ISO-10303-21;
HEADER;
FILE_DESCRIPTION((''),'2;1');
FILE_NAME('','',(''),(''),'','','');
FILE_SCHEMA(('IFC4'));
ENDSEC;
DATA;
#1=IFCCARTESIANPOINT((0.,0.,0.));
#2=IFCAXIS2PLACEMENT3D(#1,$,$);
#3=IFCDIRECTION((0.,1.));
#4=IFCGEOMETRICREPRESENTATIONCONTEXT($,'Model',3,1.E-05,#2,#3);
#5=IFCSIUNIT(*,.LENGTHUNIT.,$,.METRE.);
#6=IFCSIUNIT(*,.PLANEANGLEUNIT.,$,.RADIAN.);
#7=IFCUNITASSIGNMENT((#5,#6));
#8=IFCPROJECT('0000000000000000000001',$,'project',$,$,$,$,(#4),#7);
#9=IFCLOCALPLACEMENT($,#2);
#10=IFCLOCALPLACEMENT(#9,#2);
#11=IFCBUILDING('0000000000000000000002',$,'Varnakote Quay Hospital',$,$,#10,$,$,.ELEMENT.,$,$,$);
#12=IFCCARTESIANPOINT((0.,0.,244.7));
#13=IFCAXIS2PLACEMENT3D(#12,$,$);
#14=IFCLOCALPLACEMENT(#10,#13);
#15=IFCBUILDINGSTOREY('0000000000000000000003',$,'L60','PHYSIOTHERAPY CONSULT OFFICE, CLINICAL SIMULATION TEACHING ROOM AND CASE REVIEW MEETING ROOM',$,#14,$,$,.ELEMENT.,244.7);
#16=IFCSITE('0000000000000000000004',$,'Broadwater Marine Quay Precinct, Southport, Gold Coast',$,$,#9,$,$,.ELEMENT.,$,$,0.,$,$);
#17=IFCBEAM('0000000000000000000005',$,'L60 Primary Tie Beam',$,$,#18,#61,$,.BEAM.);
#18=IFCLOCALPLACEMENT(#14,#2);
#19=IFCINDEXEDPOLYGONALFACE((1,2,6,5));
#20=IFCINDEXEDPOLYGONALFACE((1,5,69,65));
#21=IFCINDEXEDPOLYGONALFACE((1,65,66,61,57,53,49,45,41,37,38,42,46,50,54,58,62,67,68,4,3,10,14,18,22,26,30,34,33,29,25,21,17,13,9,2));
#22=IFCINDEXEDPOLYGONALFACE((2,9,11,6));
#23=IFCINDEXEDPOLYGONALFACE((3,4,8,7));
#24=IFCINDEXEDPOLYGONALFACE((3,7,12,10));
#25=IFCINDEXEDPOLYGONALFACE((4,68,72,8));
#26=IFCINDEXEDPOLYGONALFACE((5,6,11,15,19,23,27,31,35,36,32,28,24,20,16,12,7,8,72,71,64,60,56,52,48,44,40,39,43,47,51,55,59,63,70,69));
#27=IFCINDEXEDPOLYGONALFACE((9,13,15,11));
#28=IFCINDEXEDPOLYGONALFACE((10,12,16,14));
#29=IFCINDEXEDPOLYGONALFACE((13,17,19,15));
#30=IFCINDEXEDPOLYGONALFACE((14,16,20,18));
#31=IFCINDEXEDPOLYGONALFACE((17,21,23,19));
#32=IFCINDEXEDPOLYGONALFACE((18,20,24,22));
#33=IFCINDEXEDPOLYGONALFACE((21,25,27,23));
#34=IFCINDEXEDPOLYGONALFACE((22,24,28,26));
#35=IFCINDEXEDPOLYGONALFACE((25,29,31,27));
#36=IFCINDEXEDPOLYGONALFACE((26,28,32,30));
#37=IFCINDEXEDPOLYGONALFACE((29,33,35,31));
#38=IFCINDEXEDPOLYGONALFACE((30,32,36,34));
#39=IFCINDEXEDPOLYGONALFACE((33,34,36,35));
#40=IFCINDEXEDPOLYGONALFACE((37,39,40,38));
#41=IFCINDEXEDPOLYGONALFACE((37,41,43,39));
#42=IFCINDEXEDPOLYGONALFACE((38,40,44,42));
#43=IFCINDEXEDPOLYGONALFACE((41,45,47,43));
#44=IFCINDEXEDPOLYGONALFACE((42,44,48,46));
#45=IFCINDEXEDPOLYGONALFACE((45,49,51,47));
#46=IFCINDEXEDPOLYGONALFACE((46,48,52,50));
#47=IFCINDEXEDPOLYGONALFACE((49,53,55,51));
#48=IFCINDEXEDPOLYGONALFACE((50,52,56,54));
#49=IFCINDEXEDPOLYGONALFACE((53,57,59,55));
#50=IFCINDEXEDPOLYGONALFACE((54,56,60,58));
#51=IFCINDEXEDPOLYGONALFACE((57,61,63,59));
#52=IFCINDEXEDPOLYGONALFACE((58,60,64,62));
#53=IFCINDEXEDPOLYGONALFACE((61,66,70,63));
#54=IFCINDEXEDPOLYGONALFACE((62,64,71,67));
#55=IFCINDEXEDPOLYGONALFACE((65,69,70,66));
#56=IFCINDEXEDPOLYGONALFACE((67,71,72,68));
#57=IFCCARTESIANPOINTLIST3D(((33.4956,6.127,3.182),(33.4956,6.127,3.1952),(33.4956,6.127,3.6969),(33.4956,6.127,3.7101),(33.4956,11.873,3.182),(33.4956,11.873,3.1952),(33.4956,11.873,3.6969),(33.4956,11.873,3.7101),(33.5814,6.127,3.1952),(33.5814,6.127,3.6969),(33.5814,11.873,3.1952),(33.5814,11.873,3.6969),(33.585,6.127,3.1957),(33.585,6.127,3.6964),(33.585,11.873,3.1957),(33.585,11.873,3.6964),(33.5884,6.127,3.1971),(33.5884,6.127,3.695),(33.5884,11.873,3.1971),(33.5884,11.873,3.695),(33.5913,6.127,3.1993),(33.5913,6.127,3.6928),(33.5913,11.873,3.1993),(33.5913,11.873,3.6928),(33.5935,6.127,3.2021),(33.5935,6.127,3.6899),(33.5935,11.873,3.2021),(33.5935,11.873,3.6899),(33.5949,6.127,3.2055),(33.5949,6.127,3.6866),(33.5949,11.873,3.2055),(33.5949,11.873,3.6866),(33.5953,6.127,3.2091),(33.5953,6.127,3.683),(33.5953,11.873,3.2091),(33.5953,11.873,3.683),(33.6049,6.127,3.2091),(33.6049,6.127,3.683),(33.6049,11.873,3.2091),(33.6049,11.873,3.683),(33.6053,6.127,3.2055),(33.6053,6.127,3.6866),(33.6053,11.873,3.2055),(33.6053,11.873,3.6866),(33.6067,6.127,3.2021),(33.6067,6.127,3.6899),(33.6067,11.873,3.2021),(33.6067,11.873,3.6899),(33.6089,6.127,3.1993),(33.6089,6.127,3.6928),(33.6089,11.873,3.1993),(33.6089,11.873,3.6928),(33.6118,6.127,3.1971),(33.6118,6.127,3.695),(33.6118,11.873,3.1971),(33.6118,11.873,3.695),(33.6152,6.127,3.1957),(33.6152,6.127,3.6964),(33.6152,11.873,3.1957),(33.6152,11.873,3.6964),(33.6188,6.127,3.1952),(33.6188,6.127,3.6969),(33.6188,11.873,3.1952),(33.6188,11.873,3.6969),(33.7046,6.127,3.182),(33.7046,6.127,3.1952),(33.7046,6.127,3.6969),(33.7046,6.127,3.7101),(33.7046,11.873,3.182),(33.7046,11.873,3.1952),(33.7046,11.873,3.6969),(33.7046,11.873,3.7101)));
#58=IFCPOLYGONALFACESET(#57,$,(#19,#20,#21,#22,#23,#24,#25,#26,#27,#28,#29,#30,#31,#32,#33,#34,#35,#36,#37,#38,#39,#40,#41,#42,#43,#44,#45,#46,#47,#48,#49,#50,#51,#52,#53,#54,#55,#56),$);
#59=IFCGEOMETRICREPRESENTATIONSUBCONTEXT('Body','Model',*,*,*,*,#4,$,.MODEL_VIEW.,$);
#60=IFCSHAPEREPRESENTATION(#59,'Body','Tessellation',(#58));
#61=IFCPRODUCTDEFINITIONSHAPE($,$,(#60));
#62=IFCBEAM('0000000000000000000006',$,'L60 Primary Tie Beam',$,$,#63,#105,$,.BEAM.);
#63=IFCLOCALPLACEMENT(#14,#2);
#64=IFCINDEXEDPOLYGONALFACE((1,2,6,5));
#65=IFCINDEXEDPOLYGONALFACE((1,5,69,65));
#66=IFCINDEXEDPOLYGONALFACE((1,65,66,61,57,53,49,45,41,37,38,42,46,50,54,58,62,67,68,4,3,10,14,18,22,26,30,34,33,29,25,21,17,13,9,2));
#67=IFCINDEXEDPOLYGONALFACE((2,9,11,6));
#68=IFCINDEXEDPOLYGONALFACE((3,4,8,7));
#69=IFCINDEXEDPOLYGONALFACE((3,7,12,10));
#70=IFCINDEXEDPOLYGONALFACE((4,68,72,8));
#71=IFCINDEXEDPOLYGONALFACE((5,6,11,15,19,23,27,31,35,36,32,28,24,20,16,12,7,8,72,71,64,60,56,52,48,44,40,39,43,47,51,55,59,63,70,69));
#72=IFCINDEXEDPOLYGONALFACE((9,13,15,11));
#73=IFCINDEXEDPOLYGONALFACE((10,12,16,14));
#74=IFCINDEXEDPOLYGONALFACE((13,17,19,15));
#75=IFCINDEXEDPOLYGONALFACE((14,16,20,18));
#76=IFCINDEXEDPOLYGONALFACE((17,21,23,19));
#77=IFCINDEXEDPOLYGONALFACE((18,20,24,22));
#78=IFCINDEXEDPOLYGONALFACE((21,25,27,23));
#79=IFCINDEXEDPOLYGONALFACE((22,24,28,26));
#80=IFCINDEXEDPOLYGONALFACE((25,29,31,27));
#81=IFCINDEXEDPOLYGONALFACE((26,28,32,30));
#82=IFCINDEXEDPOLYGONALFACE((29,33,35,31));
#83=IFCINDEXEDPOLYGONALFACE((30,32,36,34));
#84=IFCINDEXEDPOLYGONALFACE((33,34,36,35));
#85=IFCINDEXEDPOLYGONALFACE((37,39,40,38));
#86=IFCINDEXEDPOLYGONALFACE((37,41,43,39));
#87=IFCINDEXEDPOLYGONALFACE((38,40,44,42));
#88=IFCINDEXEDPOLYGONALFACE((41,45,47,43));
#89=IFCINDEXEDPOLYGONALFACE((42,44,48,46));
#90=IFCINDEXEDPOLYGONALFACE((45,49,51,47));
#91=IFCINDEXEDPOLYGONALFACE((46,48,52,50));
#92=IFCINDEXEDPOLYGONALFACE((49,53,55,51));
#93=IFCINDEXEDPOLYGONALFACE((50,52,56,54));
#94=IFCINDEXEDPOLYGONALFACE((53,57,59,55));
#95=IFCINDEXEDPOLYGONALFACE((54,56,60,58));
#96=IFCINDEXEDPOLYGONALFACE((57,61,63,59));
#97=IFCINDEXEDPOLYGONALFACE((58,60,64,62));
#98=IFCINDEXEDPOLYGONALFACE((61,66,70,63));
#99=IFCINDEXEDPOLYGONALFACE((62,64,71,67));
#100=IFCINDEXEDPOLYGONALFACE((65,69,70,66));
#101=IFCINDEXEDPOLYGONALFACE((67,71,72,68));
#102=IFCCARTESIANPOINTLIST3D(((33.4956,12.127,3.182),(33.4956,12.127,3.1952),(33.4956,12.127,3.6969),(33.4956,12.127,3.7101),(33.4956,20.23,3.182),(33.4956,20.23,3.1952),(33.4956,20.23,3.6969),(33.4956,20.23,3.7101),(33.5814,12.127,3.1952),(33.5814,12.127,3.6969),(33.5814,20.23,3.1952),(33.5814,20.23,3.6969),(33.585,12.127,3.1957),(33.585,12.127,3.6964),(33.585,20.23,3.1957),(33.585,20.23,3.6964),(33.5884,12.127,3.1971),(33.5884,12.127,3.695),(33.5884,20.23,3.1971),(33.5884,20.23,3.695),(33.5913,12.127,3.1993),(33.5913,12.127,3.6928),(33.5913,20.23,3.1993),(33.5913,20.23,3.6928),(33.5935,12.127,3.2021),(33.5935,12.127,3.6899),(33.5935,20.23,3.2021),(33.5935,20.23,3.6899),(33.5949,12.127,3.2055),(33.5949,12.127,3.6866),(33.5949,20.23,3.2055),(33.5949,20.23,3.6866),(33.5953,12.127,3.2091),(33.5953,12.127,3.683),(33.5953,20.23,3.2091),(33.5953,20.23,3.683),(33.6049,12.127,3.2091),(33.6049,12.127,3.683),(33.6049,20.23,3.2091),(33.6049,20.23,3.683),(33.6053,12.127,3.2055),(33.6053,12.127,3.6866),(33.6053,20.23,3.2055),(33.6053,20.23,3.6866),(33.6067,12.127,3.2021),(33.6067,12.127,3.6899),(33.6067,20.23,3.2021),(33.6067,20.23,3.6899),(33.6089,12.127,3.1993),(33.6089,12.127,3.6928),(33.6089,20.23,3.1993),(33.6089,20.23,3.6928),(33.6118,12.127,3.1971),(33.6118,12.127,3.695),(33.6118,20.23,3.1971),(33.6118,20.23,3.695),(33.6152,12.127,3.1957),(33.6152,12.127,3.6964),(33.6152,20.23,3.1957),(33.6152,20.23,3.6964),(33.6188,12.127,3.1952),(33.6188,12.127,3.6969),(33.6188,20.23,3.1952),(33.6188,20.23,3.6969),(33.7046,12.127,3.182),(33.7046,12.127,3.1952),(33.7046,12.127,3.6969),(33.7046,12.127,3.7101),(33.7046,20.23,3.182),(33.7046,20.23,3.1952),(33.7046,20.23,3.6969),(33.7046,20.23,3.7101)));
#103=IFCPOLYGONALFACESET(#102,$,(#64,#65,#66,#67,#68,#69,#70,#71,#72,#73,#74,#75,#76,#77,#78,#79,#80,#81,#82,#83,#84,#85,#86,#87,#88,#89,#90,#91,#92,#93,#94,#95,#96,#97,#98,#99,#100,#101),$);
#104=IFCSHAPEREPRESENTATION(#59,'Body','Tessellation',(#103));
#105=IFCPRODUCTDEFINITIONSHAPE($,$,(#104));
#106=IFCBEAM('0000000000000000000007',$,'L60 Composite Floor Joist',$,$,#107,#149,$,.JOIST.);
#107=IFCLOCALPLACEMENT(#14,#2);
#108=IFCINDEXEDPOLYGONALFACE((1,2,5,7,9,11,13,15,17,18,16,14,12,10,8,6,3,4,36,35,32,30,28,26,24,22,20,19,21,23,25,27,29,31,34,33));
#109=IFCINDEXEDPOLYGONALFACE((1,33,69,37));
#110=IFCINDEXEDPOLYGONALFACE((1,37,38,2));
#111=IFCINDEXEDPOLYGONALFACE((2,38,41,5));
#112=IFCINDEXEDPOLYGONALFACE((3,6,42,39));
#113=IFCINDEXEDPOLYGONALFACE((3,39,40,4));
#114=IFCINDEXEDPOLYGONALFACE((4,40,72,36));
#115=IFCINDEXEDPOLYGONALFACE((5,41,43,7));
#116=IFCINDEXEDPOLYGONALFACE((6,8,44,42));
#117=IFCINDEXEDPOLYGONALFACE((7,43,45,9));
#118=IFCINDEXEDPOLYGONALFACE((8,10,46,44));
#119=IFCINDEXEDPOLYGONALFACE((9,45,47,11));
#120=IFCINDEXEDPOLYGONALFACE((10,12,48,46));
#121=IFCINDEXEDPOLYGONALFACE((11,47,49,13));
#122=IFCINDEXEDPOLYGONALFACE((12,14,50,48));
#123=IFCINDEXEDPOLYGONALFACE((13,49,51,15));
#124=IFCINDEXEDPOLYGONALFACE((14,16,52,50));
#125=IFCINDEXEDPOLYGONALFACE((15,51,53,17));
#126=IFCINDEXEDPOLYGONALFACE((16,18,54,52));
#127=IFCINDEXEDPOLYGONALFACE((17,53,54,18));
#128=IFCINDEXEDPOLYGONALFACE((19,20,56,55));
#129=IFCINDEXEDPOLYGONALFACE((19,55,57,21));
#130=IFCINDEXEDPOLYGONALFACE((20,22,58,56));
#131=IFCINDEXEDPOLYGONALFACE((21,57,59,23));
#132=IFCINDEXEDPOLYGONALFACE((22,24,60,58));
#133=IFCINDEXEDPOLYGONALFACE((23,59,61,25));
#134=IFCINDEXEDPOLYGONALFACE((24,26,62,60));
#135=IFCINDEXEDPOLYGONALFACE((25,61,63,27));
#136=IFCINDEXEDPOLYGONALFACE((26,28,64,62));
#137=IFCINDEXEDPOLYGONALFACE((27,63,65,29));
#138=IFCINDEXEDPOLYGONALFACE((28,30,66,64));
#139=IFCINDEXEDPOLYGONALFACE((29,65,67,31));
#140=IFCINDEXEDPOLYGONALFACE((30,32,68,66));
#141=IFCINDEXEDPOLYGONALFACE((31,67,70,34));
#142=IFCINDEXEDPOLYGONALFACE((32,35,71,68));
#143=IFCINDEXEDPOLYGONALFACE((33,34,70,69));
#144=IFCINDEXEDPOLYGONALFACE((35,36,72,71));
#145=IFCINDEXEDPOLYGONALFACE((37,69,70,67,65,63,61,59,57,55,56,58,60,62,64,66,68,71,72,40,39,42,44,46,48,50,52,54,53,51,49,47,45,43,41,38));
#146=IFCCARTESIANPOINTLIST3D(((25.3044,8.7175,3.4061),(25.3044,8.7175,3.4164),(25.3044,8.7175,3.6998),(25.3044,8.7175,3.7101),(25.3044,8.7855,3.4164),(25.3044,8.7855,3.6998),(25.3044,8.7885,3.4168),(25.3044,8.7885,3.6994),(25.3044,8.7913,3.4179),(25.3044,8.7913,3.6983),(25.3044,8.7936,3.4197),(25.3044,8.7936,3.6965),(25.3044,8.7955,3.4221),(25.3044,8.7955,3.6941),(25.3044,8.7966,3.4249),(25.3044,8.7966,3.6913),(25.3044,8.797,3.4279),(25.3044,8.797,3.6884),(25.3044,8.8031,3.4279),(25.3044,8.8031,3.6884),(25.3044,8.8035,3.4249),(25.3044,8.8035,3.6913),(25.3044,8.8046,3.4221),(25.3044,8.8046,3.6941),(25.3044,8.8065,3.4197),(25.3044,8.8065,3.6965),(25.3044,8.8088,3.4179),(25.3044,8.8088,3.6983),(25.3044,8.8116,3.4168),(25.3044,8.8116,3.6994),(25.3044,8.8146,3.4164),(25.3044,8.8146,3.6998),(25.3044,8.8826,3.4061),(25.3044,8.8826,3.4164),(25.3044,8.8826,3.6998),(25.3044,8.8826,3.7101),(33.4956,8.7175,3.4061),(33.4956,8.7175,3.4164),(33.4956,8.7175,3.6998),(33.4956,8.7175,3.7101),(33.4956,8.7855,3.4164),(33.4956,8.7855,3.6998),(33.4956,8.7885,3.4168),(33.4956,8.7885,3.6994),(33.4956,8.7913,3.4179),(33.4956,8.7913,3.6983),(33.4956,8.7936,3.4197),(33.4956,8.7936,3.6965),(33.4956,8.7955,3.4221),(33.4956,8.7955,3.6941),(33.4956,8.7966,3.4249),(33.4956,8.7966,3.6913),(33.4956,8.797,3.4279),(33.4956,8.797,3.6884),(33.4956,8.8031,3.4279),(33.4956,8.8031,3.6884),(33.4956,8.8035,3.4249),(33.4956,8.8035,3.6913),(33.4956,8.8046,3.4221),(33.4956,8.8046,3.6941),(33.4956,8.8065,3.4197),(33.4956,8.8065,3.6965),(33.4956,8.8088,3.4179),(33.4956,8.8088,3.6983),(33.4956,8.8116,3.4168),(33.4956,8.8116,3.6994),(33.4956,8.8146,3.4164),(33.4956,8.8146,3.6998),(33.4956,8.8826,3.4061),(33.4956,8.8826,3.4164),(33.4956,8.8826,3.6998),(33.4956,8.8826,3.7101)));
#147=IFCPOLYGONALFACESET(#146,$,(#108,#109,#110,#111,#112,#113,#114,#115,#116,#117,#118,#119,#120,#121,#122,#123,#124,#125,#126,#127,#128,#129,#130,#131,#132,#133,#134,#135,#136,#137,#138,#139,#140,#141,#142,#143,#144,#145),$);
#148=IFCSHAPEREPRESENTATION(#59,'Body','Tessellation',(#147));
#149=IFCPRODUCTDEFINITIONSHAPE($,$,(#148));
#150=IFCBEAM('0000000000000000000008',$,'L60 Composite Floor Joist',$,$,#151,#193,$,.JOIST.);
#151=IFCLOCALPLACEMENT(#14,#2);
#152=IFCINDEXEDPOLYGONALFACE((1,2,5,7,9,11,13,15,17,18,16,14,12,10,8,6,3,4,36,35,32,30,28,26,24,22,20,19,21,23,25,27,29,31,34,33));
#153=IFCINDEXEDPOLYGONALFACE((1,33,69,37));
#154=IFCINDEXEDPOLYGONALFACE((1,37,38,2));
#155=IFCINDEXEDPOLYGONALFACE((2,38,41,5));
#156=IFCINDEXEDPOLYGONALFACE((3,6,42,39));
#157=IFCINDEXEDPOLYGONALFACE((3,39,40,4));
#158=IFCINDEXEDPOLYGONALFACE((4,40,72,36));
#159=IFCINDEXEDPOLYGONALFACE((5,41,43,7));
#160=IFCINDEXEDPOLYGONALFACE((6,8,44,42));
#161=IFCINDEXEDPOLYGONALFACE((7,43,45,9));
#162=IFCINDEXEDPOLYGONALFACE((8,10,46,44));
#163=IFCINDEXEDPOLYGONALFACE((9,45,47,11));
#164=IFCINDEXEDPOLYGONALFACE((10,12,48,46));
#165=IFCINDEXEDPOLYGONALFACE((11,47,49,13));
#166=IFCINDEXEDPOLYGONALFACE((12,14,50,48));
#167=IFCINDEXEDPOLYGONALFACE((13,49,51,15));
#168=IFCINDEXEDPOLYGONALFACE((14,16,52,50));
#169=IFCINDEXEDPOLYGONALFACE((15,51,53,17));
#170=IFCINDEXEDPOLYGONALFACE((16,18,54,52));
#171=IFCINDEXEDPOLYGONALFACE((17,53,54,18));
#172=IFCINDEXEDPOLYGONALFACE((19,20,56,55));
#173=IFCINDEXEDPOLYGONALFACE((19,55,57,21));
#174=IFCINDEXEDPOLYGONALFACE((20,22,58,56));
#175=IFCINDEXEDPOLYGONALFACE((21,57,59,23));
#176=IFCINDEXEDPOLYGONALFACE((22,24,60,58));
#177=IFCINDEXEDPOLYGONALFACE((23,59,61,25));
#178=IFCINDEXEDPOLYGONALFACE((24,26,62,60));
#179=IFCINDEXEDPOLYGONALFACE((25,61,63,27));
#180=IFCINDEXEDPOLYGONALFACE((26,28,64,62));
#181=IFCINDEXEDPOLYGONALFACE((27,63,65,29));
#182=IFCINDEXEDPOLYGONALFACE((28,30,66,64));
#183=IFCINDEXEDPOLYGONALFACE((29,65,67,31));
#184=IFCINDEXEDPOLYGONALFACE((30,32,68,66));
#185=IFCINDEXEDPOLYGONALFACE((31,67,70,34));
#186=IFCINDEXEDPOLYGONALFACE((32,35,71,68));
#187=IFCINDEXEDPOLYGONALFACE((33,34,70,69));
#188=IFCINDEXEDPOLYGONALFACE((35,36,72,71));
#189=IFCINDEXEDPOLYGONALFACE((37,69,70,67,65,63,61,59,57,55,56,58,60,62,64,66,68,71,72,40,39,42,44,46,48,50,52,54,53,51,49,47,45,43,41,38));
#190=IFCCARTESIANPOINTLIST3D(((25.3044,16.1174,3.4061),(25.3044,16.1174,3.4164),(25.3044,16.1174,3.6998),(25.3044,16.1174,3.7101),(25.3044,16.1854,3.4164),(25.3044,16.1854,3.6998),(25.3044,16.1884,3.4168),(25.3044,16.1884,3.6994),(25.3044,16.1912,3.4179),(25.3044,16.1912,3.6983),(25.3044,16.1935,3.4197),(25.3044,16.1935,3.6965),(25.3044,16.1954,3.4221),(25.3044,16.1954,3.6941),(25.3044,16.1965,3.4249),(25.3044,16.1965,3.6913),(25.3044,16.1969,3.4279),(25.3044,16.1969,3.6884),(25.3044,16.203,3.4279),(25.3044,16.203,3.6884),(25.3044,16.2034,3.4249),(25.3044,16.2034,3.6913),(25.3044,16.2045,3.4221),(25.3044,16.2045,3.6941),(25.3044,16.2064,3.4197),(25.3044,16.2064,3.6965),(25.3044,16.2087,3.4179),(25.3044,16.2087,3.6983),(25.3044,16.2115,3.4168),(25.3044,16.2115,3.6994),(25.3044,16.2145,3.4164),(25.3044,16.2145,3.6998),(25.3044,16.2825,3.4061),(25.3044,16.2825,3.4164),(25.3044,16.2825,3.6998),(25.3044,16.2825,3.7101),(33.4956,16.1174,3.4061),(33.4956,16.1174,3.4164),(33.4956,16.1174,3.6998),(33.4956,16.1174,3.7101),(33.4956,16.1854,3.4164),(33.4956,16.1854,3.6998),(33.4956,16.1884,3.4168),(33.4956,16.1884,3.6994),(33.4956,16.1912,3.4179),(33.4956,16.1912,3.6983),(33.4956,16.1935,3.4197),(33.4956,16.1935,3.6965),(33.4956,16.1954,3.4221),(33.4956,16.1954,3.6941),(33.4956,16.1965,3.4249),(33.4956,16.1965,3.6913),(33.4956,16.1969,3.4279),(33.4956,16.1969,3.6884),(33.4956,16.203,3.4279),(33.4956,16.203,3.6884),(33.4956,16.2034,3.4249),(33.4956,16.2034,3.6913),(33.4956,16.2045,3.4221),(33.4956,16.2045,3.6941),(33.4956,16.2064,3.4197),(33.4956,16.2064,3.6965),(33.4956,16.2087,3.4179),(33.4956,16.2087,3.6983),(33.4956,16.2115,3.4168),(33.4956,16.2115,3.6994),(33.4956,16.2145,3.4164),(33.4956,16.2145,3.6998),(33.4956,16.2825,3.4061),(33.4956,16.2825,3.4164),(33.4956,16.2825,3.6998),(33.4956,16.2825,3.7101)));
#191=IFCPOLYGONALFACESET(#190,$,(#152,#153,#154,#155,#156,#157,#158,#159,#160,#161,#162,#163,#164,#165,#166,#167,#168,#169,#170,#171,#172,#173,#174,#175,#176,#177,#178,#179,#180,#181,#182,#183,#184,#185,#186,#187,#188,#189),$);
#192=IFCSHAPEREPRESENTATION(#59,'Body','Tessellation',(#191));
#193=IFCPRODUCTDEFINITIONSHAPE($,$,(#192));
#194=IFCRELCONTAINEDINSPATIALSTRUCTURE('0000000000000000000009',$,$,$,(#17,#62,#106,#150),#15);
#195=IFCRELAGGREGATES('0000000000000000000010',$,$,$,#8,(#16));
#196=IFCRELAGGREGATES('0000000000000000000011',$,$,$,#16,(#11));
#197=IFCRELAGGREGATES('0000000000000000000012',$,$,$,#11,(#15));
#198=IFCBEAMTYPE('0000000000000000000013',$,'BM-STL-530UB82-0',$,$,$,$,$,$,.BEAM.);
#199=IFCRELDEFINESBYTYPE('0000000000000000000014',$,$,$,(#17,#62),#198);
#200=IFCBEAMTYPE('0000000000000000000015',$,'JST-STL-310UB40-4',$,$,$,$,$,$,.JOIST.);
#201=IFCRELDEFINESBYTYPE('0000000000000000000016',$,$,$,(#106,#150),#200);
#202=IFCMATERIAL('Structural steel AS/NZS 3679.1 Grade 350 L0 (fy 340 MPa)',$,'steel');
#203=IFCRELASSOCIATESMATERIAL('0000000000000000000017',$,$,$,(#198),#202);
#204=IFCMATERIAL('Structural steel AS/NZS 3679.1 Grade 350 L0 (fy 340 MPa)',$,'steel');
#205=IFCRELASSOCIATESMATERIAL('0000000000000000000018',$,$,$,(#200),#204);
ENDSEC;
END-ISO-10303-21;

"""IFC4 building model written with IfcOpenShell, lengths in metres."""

from ifc_helpers import new_model, si_unit, direction, frame, origin, origin_2d, place, context, subcontext, project, spatial, i_section, extrude, material, material_profile, profile_set, type_object, element, save


model = new_model("IFC4")

# Units and contexts
model_context = context("Model", 3, precision=1e-05, world=origin(), true_north=direction((0.0, 1.0)))
body_context = subcontext(model_context, "Body", "Model", "MODEL_VIEW")
ifc_project = project(units=[si_unit("LENGTHUNIT", "METRE"), si_unit("PLANEANGLEUNIT", "RADIAN")], contexts=[model_context])

# Site, building, storey
site_placement = place(None, origin())
site = spatial("IfcSite", under=ifc_project, at=site_placement, Name="Broadwater Marine Quay Precinct, Southport, Gold Coast", CompositionType="ELEMENT", RefElevation=0.0)
building_placement = place(site_placement, origin())
building = spatial("IfcBuilding", under=site, at=building_placement, Name="Varnakote Quay Hospital", CompositionType="ELEMENT")
storey_placement = place(building_placement, frame((0.0, 0.0, 244.7)))
storey = spatial("IfcBuildingStorey", under=building, at=storey_placement, Name="L60", Description="PHYSIOTHERAPY CONSULT OFFICE, CLINICAL SIMULATION TEACHING ROOM AND CASE REVIEW MEETING ROOM", CompositionType="ELEMENT", Elevation=244.7)

# Beams
ifc_material_1 = material(Name="Structural steel AS/NZS 3679.1 Grade 350 L0 (fy 340 MPa)", Category="steel")
ifc_material_profile_1 = material_profile(ifc_material_1, i_section(OverallWidth=0.209, OverallDepth=0.5281, WebThickness=0.0095, FlangeThickness=0.0132, FilletRadius=0.0139, at=origin_2d()), Name="530UB82.0")
ifc_profile_set_1 = profile_set([ifc_material_profile_1], Name="Structural steel AS/NZS 3679.1 Grade 350 L0 (fy 340 MPa)")
beam_type_1 = type_object("IfcBeamType", Name="BM-STL-530UB82-0", PredefinedType="BEAM", material=ifc_profile_set_1)
beam_1_placement = place(storey_placement, frame((33.6001, 6.127, 3.446), z_axis=(0.0, 1.0, 0.0), x_axis=(-1.0, 0.0, 0.0)))
element("IfcBeam", 1, at=beam_1_placement, inside=storey, type_object=beam_type_1, Name="L60 Primary Tie Beam", PredefinedType="BEAM", context=body_context, shape_type="SweptSolid", body=[
    extrude(i_section(OverallWidth=0.209, OverallDepth=0.5281, WebThickness=0.0095, FlangeThickness=0.0132, FilletRadius=0.0139, at=origin_2d()), origin(), (0.0, 0.0, 1.0), 5.7461),
])
beam_2_placement = place(storey_placement, frame((33.6001, 12.127, 3.446), z_axis=(0.0, 1.0, 0.0), x_axis=(-1.0, 0.0, 0.0)))
element("IfcBeam", 2, at=beam_2_placement, inside=storey, type_object=beam_type_1, Name="L60 Primary Tie Beam", PredefinedType="BEAM", context=body_context, shape_type="SweptSolid", body=[
    extrude(i_section(OverallWidth=0.209, OverallDepth=0.5281, WebThickness=0.0095, FlangeThickness=0.0132, FilletRadius=0.0139, at=origin_2d()), origin(), (0.0, 0.0, 1.0), 8.103),
])
ifc_material_2 = material(Name="Structural steel AS/NZS 3679.1 Grade 350 L0 (fy 340 MPa)", Category="steel")
ifc_material_profile_2 = material_profile(ifc_material_2, i_section(OverallWidth=0.165, OverallDepth=0.304, WebThickness=0.0061, FlangeThickness=0.0103, FilletRadius=0.0115, at=origin_2d()), Name="310UB40.4")
ifc_profile_set_2 = profile_set([ifc_material_profile_2], Name="Structural steel AS/NZS 3679.1 Grade 350 L0 (fy 340 MPa)")
beam_type_2 = type_object("IfcBeamType", Name="JST-STL-310UB40-4", PredefinedType="JOIST", material=ifc_profile_set_2)
for number, where, z_axis, x_axis, name in (
    (3, (25.3044, 8.8, 3.5581), (1.0, 0.0, 0.0), (0.0, 1.0, 0.0), "L60 Composite Floor Joist"),
    (4, (25.3044, 16.2, 3.5581), (1.0, 0.0, 0.0), (0.0, 1.0, 0.0), "L60 Composite Floor Joist"),
):
    element("IfcBeam", number, at=place(storey_placement, frame(where, z_axis=z_axis, x_axis=x_axis)), inside=storey, type_object=beam_type_2, Name=name, PredefinedType="JOIST", context=body_context, shape_type="SweptSolid", body=[
        extrude(i_section(OverallWidth=0.165, OverallDepth=0.304, WebThickness=0.0061, FlangeThickness=0.0103, FilletRadius=0.0115, at=origin_2d()), origin(), (0.0, 0.0, 1.0), 8.1912),
    ])

save(model, "model.ifc")
